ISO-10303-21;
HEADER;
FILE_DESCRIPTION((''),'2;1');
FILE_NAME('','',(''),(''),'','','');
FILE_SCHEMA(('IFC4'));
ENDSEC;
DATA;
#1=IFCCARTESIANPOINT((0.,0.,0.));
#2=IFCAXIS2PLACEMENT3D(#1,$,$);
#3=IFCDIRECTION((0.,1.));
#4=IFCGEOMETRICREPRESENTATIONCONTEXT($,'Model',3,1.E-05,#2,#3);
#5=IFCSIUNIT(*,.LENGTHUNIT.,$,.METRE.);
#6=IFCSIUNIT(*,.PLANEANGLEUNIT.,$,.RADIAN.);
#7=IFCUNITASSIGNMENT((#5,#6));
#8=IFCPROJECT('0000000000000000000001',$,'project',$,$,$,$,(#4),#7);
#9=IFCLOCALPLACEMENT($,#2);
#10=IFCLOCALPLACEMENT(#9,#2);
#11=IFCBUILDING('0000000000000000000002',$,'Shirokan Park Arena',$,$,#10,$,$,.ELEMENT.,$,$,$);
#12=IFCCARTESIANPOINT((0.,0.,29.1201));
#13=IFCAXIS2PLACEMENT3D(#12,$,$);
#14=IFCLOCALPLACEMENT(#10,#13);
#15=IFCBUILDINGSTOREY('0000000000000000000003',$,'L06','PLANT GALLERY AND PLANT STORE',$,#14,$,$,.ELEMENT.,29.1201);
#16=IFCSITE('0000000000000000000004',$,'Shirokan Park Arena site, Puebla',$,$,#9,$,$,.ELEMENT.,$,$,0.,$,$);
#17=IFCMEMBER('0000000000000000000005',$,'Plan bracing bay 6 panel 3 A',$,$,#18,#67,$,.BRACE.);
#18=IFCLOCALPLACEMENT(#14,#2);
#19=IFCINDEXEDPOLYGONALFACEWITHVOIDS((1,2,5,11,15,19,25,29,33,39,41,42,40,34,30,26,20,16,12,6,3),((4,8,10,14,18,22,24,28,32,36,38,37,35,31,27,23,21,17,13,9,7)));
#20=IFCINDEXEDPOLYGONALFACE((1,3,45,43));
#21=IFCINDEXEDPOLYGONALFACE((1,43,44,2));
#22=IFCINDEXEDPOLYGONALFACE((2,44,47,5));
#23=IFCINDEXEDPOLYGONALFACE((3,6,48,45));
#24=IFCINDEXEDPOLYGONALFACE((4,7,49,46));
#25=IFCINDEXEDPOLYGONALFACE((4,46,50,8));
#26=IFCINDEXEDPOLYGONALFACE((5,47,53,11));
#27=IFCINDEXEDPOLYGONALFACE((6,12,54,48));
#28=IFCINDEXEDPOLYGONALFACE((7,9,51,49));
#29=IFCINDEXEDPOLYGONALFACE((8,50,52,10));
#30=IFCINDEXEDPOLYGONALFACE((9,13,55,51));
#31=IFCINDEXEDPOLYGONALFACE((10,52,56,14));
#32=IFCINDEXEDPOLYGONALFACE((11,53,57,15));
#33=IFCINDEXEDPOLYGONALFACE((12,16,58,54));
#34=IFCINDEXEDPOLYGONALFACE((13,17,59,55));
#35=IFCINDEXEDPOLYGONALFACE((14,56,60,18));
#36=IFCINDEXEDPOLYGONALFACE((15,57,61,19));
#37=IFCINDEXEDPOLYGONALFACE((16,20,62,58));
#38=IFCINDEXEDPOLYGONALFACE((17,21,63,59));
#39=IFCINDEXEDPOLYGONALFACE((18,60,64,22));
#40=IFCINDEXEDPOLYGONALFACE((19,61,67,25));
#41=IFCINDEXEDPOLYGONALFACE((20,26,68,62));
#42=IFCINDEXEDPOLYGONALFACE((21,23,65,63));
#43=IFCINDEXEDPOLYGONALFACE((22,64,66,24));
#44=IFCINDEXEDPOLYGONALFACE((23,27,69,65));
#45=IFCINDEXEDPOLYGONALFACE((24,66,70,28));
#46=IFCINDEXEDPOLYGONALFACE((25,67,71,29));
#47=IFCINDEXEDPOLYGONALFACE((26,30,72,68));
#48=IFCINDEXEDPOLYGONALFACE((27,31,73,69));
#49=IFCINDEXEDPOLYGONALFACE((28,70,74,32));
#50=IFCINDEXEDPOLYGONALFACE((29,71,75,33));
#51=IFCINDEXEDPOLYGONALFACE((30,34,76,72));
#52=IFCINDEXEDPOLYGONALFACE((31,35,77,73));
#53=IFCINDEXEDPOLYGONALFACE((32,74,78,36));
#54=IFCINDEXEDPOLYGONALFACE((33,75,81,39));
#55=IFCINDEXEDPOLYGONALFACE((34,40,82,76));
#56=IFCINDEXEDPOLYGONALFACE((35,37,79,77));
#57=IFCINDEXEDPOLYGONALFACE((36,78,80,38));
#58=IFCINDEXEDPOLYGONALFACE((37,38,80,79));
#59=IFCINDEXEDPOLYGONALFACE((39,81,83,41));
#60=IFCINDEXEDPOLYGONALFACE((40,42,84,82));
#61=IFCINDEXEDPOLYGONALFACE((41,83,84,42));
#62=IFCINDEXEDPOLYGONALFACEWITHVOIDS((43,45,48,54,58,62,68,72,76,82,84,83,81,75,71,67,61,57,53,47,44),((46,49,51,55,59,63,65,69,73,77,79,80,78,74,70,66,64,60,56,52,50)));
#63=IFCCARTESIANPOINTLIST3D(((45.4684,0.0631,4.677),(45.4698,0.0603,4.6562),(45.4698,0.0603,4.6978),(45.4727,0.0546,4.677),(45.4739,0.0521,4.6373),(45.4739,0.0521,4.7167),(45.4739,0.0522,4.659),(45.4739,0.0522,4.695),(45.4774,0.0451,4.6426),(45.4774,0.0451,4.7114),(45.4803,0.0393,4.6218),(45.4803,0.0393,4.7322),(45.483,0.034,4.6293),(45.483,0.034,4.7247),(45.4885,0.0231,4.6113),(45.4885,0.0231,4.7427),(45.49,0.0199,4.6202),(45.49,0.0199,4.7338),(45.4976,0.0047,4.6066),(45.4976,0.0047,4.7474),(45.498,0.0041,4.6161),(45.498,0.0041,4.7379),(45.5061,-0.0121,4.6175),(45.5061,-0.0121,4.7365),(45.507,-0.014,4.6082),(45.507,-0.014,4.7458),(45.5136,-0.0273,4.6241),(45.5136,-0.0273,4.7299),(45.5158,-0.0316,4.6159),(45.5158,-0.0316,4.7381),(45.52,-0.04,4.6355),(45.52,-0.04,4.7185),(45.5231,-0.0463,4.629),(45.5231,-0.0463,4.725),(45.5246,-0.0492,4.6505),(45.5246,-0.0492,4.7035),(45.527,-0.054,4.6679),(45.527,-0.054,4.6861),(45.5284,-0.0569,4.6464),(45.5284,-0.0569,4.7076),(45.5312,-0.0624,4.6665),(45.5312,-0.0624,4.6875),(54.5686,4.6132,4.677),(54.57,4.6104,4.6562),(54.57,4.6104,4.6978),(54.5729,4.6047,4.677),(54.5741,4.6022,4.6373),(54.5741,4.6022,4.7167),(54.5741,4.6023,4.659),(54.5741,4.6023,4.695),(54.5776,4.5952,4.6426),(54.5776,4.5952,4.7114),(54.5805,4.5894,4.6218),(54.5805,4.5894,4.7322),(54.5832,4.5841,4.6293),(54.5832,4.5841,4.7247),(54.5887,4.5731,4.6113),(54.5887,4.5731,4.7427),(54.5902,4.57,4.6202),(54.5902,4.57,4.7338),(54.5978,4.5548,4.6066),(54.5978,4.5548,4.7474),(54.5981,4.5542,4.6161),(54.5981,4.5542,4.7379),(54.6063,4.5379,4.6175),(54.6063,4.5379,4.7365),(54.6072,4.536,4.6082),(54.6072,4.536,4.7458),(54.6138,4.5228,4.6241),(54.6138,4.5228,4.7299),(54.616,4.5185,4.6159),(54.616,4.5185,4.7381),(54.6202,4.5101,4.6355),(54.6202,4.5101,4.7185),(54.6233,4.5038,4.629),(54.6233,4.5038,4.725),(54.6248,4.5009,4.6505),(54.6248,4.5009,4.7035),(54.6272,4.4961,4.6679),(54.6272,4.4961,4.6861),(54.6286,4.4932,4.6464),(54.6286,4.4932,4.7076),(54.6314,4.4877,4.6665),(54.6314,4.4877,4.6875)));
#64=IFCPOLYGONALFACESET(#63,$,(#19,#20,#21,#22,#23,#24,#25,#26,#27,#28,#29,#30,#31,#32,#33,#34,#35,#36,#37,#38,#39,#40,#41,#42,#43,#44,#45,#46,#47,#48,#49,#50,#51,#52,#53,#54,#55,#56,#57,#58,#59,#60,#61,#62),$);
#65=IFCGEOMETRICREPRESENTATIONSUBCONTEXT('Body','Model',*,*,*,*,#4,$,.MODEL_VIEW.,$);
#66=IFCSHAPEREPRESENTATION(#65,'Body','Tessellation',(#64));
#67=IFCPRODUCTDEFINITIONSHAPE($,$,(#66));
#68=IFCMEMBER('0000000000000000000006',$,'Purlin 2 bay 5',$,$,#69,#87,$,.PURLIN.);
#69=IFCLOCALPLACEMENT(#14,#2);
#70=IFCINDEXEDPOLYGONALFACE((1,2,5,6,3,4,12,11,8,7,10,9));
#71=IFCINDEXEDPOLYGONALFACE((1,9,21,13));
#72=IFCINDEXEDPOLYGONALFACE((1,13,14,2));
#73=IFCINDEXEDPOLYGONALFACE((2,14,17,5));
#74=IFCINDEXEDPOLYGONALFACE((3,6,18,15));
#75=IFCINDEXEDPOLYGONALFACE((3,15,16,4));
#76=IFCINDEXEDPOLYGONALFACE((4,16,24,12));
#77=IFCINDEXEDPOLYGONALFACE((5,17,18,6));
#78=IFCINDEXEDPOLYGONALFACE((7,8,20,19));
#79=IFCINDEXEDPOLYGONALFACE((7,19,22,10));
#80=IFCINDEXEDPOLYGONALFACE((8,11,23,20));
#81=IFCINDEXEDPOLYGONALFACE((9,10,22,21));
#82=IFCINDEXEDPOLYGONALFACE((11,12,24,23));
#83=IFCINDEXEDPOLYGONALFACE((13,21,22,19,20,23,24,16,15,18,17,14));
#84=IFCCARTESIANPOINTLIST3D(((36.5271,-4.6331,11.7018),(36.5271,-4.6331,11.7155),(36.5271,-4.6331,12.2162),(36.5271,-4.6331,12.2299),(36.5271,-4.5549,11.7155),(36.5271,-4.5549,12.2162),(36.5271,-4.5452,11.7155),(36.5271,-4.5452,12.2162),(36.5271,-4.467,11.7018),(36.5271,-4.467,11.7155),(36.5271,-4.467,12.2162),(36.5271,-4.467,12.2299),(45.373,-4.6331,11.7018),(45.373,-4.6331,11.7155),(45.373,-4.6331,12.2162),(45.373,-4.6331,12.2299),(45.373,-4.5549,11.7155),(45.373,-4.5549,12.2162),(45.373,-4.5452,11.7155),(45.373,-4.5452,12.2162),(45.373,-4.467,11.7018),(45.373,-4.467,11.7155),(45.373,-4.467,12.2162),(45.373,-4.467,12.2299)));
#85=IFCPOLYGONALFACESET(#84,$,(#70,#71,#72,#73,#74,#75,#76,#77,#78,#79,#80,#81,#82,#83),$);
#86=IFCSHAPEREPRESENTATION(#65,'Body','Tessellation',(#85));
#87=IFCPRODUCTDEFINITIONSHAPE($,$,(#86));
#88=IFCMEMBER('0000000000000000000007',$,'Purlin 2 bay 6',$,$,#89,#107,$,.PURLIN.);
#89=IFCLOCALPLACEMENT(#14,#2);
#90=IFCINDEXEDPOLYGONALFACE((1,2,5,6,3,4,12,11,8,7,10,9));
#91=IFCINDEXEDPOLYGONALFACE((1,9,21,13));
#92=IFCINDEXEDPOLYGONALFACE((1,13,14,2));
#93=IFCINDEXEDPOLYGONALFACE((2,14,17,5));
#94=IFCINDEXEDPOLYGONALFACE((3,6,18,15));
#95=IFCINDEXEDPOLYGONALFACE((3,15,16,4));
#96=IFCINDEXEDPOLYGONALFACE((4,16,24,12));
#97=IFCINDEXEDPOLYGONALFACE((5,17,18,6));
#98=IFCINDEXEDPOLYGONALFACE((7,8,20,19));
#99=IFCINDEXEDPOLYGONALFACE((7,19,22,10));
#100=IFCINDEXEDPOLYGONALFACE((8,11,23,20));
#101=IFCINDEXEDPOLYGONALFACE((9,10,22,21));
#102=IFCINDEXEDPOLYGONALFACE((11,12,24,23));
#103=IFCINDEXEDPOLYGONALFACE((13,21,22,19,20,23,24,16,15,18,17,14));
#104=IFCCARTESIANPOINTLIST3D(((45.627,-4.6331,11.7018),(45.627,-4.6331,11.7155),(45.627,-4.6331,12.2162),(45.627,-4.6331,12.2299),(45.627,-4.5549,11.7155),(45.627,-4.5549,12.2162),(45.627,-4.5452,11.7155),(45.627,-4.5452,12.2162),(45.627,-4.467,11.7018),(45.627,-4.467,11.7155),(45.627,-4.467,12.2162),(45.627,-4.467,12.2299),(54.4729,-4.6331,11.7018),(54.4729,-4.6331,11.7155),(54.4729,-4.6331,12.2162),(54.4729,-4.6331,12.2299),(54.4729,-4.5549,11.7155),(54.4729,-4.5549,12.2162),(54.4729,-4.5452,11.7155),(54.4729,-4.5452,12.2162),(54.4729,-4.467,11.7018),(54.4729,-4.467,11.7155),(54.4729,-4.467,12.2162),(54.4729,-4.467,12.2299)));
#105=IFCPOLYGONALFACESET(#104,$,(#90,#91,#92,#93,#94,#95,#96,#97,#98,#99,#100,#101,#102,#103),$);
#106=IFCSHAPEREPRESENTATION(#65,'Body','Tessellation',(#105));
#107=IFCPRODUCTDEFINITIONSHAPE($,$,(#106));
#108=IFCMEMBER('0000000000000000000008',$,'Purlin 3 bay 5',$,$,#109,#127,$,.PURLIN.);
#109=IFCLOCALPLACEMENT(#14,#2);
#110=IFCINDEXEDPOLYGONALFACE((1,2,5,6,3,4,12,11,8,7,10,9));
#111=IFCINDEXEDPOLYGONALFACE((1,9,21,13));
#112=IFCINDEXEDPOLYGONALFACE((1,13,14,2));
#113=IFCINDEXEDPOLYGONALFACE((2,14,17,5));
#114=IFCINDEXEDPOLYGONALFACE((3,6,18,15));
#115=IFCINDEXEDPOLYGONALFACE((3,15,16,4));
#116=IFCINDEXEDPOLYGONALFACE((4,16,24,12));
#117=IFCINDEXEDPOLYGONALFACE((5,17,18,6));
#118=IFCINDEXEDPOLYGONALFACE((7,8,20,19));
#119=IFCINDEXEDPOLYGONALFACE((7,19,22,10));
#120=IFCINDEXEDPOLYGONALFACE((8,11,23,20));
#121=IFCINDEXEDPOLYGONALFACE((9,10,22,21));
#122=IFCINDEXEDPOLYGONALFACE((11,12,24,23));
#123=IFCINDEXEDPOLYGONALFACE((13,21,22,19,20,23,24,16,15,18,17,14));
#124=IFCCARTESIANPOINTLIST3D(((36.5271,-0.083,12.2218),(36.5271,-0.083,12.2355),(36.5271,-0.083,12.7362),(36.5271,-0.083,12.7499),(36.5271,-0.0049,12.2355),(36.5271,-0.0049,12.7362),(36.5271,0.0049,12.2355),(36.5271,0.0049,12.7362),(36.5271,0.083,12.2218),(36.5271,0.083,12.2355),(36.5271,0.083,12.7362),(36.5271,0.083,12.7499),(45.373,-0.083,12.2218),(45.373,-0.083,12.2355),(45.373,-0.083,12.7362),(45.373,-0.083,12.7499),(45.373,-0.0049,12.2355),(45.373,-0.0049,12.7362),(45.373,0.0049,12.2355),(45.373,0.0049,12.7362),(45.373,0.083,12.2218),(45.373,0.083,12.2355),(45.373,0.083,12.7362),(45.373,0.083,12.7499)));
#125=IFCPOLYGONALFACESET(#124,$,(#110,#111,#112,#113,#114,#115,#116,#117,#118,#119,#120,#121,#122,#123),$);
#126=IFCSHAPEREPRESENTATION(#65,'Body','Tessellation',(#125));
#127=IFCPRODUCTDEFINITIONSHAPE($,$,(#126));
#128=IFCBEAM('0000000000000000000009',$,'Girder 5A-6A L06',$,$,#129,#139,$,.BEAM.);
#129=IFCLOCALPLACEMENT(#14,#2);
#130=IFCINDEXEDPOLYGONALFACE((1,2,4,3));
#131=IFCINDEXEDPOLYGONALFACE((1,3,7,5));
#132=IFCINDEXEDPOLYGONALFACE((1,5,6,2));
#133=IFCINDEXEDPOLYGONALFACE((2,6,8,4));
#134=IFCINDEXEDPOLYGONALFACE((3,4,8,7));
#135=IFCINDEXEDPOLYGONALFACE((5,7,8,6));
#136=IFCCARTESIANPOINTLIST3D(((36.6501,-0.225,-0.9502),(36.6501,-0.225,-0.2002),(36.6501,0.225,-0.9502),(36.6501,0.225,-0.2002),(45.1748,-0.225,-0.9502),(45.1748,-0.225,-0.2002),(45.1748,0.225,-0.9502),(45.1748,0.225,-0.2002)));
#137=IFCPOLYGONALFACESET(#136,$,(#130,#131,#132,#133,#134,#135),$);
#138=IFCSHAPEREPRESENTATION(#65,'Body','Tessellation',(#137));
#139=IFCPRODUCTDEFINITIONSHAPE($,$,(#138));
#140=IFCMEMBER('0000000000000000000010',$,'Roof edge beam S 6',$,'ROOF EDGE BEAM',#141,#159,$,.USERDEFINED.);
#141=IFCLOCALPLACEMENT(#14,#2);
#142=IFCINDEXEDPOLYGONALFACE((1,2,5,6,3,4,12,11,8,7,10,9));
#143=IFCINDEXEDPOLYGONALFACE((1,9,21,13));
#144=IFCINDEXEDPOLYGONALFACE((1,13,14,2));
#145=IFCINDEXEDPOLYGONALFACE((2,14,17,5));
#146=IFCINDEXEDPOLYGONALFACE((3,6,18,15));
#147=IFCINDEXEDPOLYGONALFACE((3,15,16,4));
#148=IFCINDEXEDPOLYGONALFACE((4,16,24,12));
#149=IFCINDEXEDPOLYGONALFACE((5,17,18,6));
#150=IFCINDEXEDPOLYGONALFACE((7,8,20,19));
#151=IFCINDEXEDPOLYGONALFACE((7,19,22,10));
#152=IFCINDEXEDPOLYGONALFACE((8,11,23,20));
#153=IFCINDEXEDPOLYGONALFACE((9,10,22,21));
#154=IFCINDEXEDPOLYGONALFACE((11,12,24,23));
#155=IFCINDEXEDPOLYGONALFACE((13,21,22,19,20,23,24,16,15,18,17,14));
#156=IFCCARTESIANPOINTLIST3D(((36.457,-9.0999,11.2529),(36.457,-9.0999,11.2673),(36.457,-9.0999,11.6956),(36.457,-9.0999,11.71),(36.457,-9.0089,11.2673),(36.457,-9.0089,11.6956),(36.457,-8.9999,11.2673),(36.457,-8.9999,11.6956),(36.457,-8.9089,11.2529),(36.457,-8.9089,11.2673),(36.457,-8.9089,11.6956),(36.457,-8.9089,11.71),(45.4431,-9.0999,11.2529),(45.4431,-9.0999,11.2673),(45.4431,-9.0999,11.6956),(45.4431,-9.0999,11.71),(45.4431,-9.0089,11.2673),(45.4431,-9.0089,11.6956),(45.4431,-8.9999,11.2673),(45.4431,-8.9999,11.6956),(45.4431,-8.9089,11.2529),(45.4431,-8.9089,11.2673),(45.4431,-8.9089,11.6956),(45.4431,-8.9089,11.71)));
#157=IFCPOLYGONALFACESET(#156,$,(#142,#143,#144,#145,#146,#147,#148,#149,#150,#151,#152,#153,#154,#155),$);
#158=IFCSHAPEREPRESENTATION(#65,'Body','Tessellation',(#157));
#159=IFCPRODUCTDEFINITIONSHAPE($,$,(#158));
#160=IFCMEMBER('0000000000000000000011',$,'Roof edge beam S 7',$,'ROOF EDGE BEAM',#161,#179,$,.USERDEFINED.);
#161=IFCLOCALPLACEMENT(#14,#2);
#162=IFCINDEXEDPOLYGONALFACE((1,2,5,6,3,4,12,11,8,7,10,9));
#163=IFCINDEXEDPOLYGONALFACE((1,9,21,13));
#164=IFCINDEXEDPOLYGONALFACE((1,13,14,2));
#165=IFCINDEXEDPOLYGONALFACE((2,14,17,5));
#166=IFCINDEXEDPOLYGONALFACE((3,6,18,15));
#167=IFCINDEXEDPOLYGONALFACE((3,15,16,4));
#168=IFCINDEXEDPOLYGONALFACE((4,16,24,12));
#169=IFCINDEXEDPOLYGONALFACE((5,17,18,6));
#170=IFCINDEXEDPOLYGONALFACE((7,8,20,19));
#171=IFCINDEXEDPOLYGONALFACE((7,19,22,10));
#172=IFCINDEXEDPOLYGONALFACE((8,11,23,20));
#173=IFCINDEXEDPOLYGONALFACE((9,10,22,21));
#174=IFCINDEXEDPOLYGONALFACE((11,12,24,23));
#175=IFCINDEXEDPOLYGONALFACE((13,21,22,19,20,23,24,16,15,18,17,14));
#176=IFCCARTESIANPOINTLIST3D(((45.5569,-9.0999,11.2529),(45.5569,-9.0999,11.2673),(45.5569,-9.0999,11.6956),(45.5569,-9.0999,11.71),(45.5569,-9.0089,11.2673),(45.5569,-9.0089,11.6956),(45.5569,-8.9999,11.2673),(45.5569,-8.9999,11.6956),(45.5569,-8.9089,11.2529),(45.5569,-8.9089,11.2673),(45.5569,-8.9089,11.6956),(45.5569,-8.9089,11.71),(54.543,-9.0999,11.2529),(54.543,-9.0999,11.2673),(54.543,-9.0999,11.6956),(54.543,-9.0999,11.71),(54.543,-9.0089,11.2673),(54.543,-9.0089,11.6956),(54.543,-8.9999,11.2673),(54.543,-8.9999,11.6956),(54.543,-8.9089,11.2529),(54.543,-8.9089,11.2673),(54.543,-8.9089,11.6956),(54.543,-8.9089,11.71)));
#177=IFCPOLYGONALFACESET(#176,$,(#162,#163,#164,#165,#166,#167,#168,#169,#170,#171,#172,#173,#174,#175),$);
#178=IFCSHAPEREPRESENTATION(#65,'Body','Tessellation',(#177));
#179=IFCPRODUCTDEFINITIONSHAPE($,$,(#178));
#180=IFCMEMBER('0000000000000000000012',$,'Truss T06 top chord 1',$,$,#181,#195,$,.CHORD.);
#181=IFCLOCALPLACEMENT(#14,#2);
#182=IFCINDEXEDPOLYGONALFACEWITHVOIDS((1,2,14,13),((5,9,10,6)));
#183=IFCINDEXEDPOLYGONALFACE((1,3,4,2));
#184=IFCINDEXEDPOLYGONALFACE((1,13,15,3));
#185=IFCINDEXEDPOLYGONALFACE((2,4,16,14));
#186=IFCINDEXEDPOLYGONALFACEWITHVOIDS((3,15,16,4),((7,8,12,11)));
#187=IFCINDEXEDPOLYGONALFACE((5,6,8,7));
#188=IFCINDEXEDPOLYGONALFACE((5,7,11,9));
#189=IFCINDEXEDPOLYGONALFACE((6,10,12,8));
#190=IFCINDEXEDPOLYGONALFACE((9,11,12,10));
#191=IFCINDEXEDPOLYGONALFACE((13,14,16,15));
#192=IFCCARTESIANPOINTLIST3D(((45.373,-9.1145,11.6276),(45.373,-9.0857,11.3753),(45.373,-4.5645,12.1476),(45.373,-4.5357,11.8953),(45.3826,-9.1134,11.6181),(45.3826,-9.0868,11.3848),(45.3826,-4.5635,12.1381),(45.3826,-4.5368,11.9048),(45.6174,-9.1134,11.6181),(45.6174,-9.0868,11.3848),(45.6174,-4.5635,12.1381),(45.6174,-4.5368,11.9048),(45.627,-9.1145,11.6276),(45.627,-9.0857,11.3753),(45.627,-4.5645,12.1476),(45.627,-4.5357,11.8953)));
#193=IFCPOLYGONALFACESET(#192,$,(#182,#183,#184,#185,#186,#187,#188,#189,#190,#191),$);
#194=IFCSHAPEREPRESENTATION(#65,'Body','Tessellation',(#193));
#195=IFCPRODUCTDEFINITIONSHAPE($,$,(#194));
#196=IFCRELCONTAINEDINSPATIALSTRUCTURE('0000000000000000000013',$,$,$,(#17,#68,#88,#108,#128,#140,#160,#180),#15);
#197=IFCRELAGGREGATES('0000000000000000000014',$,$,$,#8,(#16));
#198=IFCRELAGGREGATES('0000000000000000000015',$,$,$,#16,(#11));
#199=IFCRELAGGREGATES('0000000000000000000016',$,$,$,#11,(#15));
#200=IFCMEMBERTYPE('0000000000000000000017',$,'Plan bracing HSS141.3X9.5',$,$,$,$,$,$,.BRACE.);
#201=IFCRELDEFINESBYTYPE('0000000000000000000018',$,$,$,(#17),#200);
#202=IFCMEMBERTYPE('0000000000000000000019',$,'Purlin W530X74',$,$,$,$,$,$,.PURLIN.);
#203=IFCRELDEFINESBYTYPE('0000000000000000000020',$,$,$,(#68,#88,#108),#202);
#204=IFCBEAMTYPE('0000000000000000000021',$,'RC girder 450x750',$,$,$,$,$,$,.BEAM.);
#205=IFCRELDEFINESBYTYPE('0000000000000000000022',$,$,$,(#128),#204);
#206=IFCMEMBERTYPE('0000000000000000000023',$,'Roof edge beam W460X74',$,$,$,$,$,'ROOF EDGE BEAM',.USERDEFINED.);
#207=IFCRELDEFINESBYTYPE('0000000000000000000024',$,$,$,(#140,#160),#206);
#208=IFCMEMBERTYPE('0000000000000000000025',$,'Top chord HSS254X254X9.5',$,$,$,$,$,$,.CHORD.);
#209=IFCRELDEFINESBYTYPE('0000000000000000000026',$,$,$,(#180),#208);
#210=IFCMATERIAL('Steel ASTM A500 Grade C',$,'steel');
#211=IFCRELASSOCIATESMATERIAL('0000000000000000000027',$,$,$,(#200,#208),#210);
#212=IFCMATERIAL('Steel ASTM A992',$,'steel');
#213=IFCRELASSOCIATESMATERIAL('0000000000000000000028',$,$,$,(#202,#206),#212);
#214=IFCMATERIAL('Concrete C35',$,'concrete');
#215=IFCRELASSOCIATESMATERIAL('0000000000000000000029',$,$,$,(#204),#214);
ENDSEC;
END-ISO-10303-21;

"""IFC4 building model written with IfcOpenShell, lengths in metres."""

from ifc_helpers import new_model, si_unit, direction, frame, origin, origin_2d, place, context, subcontext, project, spatial, rectangle, hollow_rectangle, hollow_circle, i_section, extrude, material, material_profile, profile_set, type_object, element, save


model = new_model("IFC4")

# Units and contexts
model_context = context("Model", 3, precision=1e-05, world=origin(), true_north=direction((0.0, 1.0)))
body_context = subcontext(model_context, "Body", "Model", "MODEL_VIEW")
ifc_project = project(units=[si_unit("LENGTHUNIT", "METRE"), si_unit("PLANEANGLEUNIT", "RADIAN")], contexts=[model_context])

# Site, building, storey
site_placement = place(None, origin())
site = spatial("IfcSite", under=ifc_project, at=site_placement, Name="Shirokan Park Arena site, Puebla", CompositionType="ELEMENT", RefElevation=0.0)
building_placement = place(site_placement, origin())
building = spatial("IfcBuilding", under=site, at=building_placement, Name="Shirokan Park Arena", CompositionType="ELEMENT")
storey_placement = place(building_placement, frame((0.0, 0.0, 29.1201)))
storey = spatial("IfcBuildingStorey", under=building, at=storey_placement, Name="L06", Description="PLANT GALLERY AND PLANT STORE", CompositionType="ELEMENT", Elevation=29.1201)

# Shared definitions
ifc_material_1 = material(Name="Concrete C35", Category="concrete")

# Members
ifc_material_2 = material(Name="Steel ASTM A500 Grade C", Category="steel")
ifc_material_profile_1 = material_profile(ifc_material_2, hollow_circle(Radius=0.0706, WallThickness=0.0095, at=origin_2d()), Name="HSS141.3X9.5")
ifc_profile_set_1 = profile_set([ifc_material_profile_1], Name="Steel ASTM A500 Grade C")
member_type_1 = type_object("IfcMemberType", Name="Plan bracing HSS141.3X9.5", PredefinedType="BRACE", material=ifc_profile_set_1)
member_1_placement = place(storey_placement, frame((45.5, 0.0, 4.677), z_axis=(0.894427, 0.447214, 0.0), x_axis=(-0.447214, 0.894427, 0.0)))
element("IfcMember", 1, at=member_1_placement, inside=storey, type_object=member_type_1, Name="Plan bracing bay 6 panel 3 A", PredefinedType="BRACE", context=body_context, shape_type="SweptSolid", body=[
    extrude(hollow_circle(Radius=0.0706, WallThickness=0.0095, at=origin_2d()), origin(), (0.0, 0.0, 1.0), 10.1743),
])
ifc_material_3 = material(Name="Steel ASTM A992", Category="steel")
ifc_material_profile_2 = material_profile(ifc_material_3, i_section(OverallWidth=0.166, OverallDepth=0.5281, WebThickness=0.0098, FlangeThickness=0.0137, at=origin_2d()), Name="W530X74")
ifc_profile_set_2 = profile_set([ifc_material_profile_2], Name="Steel ASTM A992")
member_type_2 = type_object("IfcMemberType", Name="Purlin W530X74", PredefinedType="PURLIN", material=ifc_profile_set_2)
for number, where, z_axis, x_axis, name in (
    (2, (36.5271, -4.55, 11.9658), (1.0, 0.0, 0.0), (0.0, 1.0, 0.0), "Purlin 2 bay 5"),
    (3, (45.627, -4.55, 11.9658), (1.0, 0.0, 0.0), (0.0, 1.0, 0.0), "Purlin 2 bay 6"),
    (4, (36.5271, 0.0, 12.4858), (1.0, 0.0, 0.0), (0.0, 1.0, 0.0), "Purlin 3 bay 5"),
):
    element("IfcMember", number, at=place(storey_placement, frame(where, z_axis=z_axis, x_axis=x_axis)), inside=storey, type_object=member_type_2, Name=name, PredefinedType="PURLIN", context=body_context, shape_type="SweptSolid", body=[
        extrude(i_section(OverallWidth=0.166, OverallDepth=0.5281, WebThickness=0.0098, FlangeThickness=0.0137, at=origin_2d()), origin(), (0.0, 0.0, 1.0), 8.8459),
    ])

# Beam
ifc_material_profile_3 = material_profile(ifc_material_1, rectangle(XDim=0.45, YDim=0.75, at=origin_2d()), Name="450x750")
ifc_profile_set_3 = profile_set([ifc_material_profile_3], Name="Concrete C35")
beam_type = type_object("IfcBeamType", Name="RC girder 450x750", PredefinedType="BEAM", material=ifc_profile_set_3)
beam_placement = place(storey_placement, frame((36.6501, 0.0, -0.5752), z_axis=(1.0, 0.0, 0.0), x_axis=(0.0, 1.0, 0.0)))
element("IfcBeam", 5, at=beam_placement, inside=storey, type_object=beam_type, Name="Girder 5A-6A L06", PredefinedType="BEAM", context=body_context, shape_type="SweptSolid", body=[
    extrude(rectangle(XDim=0.45, YDim=0.75, at=origin_2d()), origin(), (0.0, 0.0, 1.0), 8.5247),
])

# Members
ifc_material_profile_4 = material_profile(ifc_material_3, i_section(OverallWidth=0.1909, OverallDepth=0.457, WebThickness=0.009, FlangeThickness=0.0144, at=origin_2d()), Name="W460X74")
ifc_profile_set_4 = profile_set([ifc_material_profile_4], Name="Steel ASTM A992")
member_type_3 = type_object("IfcMemberType", Name="Roof edge beam W460X74", ElementType="ROOF EDGE BEAM", PredefinedType="USERDEFINED", material=ifc_profile_set_4)
for number, where, z_axis, x_axis, name in (
    (6, (36.457, -9.0044, 11.4814), (1.0, 0.0, 0.0), (0.0, 1.0, 0.0), "Roof edge beam S 6"),
    (7, (45.5569, -9.0044, 11.4814), (1.0, 0.0, 0.0), (0.0, 1.0, 0.0), "Roof edge beam S 7"),
):
    element("IfcMember", number, at=place(storey_placement, frame(where, z_axis=z_axis, x_axis=x_axis)), inside=storey, type_object=member_type_3, Name=name, ObjectType="ROOF EDGE BEAM", PredefinedType="USERDEFINED", context=body_context, shape_type="SweptSolid", body=[
        extrude(i_section(OverallWidth=0.1909, OverallDepth=0.457, WebThickness=0.009, FlangeThickness=0.0144, at=origin_2d()), origin(), (0.0, 0.0, 1.0), 8.9861),
    ])
ifc_material_profile_5 = material_profile(ifc_material_2, hollow_rectangle(XDim=0.2539, YDim=0.2539, WallThickness=0.0095, at=origin_2d()), Name="HSS254X254X9.5")
ifc_profile_set_5 = profile_set([ifc_material_profile_5], Name="Steel ASTM A500 Grade C")
member_type_4 = type_object("IfcMemberType", Name="Top chord HSS254X254X9.5", PredefinedType="CHORD", material=ifc_profile_set_5)
for number, where, z_axis, x_axis, name in (
    (8, (45.5, -9.1001, 11.5015), (0.0, 0.993532, 0.11355), (-1.0, 0.0, 0.0), "Truss T06 top chord 1"),
):
    element("IfcMember", number, at=place(storey_placement, frame(where, z_axis=z_axis, x_axis=x_axis)), inside=storey, type_object=member_type_4, Name=name, PredefinedType="CHORD", context=body_context, shape_type="SweptSolid", body=[
        extrude(hollow_rectangle(XDim=0.2539, YDim=0.2539, WallThickness=0.0095, at=origin_2d()), origin(), (0.0, 0.0, 1.0), 4.5796),
    ])

save(model, "model.ifc")
